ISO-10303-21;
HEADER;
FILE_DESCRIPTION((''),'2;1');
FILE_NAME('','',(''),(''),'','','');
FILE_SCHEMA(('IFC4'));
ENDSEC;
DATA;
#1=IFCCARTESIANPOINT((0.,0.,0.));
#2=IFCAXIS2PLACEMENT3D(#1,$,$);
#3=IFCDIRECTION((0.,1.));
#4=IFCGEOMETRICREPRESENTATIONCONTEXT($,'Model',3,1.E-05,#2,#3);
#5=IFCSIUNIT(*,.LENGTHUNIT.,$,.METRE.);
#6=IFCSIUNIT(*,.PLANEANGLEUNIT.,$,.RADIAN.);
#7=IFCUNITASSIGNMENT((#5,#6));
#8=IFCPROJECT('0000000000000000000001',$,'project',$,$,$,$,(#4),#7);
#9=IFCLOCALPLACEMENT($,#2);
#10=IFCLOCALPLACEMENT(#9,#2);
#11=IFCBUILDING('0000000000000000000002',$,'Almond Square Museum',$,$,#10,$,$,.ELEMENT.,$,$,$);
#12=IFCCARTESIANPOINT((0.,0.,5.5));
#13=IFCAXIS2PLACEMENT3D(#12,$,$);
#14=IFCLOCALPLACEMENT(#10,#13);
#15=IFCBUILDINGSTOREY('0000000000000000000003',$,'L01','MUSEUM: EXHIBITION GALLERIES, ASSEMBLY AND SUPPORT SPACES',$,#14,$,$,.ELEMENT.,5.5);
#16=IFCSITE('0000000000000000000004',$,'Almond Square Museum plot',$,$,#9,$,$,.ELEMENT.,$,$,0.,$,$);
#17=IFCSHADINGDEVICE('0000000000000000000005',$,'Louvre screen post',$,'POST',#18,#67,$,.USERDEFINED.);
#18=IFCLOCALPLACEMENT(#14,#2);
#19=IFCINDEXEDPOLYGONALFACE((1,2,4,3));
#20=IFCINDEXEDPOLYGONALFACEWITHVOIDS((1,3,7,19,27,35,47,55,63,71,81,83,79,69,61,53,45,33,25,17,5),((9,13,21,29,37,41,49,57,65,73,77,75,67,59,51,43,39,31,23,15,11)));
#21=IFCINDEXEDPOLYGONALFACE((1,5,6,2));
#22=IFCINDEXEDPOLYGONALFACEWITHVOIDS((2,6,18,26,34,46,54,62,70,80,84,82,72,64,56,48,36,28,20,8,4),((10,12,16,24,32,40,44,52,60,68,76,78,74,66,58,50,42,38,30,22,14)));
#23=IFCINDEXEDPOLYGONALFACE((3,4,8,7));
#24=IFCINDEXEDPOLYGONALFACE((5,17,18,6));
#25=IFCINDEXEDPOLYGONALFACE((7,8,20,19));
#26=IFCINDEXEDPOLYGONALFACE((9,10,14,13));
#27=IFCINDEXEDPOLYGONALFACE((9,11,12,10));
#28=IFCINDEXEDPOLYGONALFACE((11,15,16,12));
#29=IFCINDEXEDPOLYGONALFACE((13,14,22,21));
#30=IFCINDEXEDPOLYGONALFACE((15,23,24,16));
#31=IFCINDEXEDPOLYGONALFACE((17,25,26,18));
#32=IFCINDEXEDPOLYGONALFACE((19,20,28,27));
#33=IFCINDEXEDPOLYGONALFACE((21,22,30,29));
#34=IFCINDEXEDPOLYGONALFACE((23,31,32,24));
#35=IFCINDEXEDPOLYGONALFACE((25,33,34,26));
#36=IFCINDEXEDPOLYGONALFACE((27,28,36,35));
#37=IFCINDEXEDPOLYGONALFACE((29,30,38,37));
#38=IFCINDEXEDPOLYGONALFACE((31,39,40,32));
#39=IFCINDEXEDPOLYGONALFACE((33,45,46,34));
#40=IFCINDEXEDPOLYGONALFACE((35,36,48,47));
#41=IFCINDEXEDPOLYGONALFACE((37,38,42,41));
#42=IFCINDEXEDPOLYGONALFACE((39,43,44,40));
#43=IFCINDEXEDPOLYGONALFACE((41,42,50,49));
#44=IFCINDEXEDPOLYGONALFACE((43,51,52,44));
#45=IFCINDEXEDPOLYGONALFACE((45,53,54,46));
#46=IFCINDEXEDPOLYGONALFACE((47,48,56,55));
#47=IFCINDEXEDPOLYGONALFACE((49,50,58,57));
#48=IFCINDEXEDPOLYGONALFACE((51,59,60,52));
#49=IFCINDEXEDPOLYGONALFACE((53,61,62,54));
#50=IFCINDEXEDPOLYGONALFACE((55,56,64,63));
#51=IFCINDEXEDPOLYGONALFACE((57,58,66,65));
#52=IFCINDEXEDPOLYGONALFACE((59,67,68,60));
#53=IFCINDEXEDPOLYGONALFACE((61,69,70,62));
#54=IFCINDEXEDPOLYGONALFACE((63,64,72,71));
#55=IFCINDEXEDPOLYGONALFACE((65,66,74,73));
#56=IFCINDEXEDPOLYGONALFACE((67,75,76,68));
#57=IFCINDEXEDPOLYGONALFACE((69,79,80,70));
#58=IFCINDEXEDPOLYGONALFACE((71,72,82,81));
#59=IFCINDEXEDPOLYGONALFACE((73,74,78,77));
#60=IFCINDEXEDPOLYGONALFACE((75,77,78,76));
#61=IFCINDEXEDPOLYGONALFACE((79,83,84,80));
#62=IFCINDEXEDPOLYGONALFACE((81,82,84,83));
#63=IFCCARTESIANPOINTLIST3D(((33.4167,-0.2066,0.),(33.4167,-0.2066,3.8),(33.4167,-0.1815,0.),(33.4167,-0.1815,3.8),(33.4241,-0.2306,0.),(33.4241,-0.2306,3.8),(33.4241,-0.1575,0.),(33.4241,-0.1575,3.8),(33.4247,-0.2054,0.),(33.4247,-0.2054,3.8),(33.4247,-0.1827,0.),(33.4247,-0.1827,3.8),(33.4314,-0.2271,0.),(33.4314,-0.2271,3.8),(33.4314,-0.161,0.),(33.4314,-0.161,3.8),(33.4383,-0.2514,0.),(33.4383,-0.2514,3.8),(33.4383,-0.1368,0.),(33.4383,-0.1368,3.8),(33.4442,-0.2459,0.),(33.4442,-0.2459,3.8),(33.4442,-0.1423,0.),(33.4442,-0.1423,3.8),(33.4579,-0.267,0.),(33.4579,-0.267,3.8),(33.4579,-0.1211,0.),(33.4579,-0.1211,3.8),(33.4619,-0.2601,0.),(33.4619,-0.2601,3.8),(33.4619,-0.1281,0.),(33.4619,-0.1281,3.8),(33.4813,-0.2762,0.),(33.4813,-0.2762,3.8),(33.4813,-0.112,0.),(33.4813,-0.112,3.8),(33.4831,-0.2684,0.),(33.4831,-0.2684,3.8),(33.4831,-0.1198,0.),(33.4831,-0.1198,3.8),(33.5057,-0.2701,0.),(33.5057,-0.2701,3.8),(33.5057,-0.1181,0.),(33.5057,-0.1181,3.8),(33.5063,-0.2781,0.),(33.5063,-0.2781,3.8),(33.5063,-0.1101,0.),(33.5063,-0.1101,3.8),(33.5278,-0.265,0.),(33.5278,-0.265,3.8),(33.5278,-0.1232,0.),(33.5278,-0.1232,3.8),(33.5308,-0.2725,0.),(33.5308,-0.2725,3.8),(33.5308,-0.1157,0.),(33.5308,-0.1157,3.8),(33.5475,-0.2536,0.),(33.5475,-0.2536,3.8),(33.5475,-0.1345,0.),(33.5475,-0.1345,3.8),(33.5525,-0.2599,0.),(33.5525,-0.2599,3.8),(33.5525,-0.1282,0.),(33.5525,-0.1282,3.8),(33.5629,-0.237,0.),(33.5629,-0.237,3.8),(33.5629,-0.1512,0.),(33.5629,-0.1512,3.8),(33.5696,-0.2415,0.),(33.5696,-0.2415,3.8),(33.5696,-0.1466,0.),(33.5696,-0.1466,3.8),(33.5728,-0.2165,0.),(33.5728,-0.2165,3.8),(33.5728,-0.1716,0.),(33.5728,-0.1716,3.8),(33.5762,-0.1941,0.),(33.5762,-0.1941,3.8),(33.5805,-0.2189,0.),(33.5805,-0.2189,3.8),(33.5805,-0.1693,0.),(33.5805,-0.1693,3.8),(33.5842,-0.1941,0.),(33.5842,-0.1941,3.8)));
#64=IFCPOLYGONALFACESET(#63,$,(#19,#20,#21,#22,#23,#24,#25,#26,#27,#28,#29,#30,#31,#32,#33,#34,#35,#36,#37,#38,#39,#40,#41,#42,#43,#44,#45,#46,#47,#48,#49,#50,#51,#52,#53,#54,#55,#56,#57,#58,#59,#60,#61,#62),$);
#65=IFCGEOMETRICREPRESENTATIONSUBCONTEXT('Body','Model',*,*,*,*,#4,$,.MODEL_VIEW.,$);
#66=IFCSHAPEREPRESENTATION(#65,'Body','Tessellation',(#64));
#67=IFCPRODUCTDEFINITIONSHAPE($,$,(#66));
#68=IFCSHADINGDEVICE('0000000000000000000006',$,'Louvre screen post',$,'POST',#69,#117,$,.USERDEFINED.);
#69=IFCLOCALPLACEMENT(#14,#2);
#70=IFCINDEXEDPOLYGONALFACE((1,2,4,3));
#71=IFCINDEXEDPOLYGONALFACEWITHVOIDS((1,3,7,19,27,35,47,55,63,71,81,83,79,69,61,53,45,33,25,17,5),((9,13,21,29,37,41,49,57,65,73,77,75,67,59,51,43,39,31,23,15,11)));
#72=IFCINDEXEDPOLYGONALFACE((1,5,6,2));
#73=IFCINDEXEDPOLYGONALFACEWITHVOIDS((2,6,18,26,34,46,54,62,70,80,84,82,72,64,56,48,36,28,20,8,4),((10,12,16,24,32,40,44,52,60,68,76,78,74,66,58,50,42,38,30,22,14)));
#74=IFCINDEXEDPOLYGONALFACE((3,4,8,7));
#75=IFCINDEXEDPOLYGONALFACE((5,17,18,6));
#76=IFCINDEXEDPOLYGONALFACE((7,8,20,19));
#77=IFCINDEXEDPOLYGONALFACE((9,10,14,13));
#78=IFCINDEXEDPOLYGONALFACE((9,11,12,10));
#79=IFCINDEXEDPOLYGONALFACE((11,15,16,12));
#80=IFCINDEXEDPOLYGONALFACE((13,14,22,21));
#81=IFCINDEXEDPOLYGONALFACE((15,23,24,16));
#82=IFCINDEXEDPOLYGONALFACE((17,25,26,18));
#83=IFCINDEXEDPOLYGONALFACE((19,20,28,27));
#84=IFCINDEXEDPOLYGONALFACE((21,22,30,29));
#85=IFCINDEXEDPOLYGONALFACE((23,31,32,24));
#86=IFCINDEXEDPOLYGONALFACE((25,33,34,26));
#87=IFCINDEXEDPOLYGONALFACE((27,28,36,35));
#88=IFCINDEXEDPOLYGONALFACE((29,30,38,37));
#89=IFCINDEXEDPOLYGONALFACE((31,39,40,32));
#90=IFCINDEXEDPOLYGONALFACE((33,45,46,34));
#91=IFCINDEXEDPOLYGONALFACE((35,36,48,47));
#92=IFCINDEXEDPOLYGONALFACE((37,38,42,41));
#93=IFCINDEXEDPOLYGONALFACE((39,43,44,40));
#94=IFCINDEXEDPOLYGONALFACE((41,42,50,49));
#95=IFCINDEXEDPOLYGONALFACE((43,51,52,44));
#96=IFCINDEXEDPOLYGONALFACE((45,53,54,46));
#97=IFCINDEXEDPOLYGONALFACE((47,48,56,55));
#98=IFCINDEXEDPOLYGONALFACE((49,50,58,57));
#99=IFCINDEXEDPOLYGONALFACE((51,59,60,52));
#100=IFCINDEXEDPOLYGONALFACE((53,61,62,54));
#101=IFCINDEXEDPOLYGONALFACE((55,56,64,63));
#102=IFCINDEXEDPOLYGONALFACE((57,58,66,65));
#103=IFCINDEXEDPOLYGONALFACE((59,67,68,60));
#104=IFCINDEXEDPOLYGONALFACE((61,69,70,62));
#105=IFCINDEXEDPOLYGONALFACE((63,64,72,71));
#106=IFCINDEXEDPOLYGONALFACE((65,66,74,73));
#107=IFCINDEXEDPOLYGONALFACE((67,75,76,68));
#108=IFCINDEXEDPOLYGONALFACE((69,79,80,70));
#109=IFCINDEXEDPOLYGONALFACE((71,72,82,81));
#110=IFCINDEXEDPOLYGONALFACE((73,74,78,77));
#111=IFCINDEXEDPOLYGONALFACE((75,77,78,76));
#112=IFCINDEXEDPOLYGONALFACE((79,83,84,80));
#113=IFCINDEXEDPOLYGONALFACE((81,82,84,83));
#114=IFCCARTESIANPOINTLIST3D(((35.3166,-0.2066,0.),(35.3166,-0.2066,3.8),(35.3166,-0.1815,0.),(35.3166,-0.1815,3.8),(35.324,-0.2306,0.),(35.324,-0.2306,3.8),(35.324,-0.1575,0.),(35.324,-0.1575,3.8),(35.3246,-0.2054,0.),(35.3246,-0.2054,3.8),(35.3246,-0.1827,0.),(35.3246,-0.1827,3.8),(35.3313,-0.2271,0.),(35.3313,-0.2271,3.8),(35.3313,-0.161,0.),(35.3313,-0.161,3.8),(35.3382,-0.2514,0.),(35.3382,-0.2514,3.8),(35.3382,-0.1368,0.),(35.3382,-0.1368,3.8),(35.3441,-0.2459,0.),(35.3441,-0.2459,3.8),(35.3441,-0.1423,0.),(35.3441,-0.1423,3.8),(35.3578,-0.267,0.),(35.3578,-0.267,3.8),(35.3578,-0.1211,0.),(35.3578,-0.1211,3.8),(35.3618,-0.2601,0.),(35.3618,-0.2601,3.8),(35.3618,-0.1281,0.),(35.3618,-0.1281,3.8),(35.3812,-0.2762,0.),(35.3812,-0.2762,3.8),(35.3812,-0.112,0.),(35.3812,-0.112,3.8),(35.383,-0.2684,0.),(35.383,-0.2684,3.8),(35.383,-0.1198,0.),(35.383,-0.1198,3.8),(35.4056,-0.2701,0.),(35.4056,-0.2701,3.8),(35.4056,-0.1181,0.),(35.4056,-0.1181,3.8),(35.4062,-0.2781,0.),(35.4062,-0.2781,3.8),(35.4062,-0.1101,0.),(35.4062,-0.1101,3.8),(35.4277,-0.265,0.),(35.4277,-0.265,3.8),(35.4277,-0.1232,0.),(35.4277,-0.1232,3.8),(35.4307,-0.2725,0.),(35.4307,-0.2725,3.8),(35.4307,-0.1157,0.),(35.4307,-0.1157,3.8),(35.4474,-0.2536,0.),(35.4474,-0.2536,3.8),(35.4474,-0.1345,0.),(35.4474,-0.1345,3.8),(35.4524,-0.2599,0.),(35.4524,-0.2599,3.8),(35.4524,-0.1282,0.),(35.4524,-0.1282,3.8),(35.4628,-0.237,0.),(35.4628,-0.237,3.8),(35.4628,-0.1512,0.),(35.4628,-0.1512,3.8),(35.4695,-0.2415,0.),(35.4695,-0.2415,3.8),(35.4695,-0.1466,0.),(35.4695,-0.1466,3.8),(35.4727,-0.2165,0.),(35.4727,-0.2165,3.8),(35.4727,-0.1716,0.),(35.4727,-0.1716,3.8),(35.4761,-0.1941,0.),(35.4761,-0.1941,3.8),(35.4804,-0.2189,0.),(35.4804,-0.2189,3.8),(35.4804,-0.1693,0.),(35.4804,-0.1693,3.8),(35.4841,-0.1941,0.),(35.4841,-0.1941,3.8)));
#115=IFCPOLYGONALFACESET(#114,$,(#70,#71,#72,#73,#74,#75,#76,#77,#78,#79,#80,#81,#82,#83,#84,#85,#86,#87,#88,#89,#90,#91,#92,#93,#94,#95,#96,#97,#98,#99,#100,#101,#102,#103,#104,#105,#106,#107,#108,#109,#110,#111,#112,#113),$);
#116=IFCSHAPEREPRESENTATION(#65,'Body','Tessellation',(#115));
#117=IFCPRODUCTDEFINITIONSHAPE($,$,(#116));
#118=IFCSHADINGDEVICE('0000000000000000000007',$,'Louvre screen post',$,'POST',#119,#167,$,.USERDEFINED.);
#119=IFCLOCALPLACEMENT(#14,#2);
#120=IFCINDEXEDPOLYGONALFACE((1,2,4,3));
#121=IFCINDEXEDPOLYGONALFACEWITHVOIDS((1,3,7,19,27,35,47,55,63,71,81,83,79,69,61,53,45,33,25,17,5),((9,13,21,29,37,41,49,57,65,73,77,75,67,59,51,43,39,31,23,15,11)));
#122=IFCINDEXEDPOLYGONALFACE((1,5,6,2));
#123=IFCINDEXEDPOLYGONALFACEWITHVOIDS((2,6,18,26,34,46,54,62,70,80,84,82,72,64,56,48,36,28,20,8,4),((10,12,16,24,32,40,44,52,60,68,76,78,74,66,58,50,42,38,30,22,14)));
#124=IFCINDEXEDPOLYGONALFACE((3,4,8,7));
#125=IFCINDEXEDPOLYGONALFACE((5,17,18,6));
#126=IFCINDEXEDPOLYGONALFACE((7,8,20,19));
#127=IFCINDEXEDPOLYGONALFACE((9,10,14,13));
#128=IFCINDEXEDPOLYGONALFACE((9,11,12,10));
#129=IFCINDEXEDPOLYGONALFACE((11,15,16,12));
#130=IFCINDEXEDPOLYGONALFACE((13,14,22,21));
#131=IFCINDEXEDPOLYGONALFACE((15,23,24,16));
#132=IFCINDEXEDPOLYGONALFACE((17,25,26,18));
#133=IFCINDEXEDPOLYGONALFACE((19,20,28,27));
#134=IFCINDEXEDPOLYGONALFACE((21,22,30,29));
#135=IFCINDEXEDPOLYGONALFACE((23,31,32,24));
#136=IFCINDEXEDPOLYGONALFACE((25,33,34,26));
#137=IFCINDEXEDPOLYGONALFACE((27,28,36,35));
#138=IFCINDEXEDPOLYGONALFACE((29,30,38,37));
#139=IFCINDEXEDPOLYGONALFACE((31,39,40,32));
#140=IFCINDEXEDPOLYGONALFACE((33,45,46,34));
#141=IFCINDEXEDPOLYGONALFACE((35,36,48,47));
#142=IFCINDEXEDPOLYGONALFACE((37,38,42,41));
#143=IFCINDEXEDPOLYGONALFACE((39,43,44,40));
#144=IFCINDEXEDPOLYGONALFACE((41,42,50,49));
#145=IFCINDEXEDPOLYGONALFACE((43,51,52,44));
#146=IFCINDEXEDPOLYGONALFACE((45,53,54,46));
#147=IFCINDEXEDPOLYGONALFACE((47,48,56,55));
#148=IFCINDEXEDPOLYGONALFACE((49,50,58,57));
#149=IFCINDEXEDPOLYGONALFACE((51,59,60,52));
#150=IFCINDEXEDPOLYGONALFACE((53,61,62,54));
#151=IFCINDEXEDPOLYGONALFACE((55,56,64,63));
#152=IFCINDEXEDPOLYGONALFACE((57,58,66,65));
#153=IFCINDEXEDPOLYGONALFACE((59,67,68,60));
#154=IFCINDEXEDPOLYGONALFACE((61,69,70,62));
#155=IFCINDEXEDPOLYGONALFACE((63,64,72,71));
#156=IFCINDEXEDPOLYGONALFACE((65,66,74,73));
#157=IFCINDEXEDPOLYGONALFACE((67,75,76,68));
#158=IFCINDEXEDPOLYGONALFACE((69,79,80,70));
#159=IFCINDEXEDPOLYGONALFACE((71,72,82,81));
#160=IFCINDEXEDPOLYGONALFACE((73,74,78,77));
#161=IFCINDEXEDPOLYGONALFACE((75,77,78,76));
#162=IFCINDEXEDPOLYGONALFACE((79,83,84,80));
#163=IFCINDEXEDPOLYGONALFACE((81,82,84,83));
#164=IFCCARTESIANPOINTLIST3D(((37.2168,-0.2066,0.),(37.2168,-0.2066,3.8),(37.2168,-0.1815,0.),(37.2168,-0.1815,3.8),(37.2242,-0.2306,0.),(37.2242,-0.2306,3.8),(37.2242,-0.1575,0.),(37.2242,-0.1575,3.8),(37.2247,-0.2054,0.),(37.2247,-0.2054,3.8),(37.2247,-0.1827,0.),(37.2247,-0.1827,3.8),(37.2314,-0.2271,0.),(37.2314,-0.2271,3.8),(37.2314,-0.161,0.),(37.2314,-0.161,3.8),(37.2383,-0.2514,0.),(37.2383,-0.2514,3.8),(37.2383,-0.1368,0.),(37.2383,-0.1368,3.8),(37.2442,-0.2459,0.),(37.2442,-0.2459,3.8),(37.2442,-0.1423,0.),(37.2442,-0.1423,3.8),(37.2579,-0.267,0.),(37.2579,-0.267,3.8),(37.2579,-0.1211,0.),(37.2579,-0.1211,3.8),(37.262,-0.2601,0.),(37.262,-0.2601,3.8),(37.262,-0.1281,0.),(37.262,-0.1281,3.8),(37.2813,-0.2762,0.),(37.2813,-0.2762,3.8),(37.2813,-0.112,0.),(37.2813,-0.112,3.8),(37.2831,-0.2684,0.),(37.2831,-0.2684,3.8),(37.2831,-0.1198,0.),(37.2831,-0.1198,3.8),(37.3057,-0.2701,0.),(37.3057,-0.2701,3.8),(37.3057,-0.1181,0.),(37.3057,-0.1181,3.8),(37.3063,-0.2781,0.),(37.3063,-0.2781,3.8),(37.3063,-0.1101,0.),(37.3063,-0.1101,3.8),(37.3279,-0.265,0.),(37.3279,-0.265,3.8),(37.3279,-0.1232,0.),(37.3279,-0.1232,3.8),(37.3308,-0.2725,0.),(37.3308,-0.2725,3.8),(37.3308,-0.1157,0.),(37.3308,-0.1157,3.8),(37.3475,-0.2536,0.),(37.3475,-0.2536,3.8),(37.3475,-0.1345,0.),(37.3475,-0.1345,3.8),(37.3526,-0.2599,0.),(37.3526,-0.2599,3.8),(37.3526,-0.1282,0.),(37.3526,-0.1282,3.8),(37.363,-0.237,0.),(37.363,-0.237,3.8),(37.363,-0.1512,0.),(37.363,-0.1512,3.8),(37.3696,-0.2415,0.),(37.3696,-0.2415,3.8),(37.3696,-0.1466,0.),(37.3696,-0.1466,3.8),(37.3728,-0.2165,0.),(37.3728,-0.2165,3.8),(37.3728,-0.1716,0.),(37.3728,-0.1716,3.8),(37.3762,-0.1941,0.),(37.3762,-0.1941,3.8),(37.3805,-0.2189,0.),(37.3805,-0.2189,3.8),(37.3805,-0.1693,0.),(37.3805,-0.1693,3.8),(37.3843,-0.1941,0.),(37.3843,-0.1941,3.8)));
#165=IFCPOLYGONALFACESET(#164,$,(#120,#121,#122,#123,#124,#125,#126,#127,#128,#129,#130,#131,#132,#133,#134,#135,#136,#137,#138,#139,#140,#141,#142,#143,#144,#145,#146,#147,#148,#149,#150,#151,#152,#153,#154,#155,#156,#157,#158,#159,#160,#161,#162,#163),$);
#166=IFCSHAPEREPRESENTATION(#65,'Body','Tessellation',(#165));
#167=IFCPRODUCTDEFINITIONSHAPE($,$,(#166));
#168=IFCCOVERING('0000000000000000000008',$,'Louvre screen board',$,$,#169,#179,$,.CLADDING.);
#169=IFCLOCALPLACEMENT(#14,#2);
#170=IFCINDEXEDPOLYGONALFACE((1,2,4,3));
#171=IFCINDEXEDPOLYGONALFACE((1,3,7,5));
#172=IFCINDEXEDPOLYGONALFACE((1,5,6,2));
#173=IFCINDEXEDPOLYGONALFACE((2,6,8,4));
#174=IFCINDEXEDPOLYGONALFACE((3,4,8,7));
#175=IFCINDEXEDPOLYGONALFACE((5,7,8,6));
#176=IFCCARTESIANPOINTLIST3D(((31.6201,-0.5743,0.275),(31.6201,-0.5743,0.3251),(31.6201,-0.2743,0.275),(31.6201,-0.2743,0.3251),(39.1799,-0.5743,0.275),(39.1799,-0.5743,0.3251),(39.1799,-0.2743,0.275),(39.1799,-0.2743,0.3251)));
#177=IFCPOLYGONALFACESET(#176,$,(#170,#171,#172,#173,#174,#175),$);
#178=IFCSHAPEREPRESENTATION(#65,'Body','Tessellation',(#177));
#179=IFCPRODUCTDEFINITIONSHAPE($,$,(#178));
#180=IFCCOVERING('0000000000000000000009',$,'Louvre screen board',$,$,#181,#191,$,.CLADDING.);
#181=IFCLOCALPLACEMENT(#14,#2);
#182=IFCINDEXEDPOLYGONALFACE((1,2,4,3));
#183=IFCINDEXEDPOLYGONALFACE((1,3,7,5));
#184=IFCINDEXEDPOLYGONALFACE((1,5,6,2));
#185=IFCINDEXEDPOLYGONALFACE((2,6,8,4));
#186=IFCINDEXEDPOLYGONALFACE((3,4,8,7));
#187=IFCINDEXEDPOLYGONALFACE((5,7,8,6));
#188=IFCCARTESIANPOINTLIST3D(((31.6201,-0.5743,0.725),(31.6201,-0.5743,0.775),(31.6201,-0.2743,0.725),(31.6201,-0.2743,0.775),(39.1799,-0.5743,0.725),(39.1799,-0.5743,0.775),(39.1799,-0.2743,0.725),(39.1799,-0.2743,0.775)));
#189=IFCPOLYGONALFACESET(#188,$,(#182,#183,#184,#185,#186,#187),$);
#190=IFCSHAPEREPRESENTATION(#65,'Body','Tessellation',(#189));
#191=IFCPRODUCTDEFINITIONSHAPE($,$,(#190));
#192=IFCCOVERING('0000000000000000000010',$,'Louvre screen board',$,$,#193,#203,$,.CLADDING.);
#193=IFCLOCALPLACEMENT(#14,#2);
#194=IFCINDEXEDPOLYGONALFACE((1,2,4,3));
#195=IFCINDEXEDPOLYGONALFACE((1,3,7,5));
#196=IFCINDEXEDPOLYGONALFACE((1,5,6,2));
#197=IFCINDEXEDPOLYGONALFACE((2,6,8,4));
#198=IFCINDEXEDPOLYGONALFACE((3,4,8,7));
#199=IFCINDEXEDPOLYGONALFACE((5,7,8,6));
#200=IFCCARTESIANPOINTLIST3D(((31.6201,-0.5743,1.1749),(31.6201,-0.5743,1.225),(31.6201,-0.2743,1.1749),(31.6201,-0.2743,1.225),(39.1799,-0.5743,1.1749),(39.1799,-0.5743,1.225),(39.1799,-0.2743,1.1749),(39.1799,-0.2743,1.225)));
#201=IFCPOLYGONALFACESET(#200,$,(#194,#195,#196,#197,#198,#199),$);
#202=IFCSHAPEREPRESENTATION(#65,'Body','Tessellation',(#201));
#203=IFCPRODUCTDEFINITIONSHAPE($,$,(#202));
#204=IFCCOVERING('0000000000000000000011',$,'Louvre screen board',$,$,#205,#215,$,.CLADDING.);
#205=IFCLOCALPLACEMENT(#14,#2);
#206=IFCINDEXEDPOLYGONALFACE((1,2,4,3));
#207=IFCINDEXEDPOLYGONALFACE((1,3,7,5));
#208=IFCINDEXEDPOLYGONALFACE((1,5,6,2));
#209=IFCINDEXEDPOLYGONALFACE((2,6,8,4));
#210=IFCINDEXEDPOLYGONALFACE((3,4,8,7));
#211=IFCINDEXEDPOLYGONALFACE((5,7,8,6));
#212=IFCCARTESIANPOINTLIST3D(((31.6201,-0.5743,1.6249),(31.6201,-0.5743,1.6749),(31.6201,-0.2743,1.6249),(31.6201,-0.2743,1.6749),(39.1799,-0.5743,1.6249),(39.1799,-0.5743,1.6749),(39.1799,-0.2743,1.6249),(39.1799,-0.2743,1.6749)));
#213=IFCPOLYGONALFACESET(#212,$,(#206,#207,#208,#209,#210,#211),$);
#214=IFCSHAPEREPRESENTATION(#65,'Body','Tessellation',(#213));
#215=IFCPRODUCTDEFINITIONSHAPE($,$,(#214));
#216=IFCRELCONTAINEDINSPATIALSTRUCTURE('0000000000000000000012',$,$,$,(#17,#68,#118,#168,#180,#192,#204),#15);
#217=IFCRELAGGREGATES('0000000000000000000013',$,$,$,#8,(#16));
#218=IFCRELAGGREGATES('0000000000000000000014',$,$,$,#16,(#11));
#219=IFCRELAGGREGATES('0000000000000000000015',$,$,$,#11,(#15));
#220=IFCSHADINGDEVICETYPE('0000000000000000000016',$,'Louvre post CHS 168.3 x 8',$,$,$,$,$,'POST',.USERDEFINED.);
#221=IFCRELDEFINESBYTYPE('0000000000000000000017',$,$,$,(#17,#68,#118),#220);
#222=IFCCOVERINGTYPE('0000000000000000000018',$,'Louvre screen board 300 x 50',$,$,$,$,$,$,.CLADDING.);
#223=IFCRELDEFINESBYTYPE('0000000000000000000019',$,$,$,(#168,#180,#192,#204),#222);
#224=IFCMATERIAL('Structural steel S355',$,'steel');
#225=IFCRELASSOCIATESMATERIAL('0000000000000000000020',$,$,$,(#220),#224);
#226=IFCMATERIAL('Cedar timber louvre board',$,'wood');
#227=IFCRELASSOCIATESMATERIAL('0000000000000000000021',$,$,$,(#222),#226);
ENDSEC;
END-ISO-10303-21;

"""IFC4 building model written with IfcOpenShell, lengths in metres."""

from ifc_helpers import new_model, si_unit, direction, frame, origin, origin_2d, place, context, subcontext, project, spatial, rectangle, hollow_circle, extrude, material, material_profile, profile_set, type_object, element, save


model = new_model("IFC4")

# Units and contexts
model_context = context("Model", 3, precision=1e-05, world=origin(), true_north=direction((0.0, 1.0)))
body_context = subcontext(model_context, "Body", "Model", "MODEL_VIEW")
ifc_project = project(units=[si_unit("LENGTHUNIT", "METRE"), si_unit("PLANEANGLEUNIT", "RADIAN")], contexts=[model_context])

# Site, building, storey
site_placement = place(None, origin())
site = spatial("IfcSite", under=ifc_project, at=site_placement, Name="Almond Square Museum plot", CompositionType="ELEMENT", RefElevation=0.0)
building_placement = place(site_placement, origin())
building = spatial("IfcBuilding", under=site, at=building_placement, Name="Almond Square Museum", CompositionType="ELEMENT")
storey_placement = place(building_placement, frame((0.0, 0.0, 5.5)))
storey = spatial("IfcBuildingStorey", under=building, at=storey_placement, Name="L01", Description="MUSEUM: EXHIBITION GALLERIES, ASSEMBLY AND SUPPORT SPACES", CompositionType="ELEMENT", Elevation=5.5)

# Shading devices
ifc_material_1 = material(Name="Structural steel S355", Category="steel")
ifc_material_profile_1 = material_profile(ifc_material_1, hollow_circle(Radius=0.0842, WallThickness=0.0081, at=origin_2d()))
ifc_profile_set_1 = profile_set([ifc_material_profile_1], Name="Structural steel S355")
shading_device_type = type_object("IfcShadingDeviceType", Name="Louvre post CHS 168.3 x 8", ElementType="POST", PredefinedType="USERDEFINED", material=ifc_profile_set_1)
for number, where, z_axis, x_axis, name in (
    (1, (33.5, -0.1941, 0.0), (0.0, 0.0, 1.0), (1.0, 0.0, 0.0), "Louvre screen post"),
    (2, (35.3999, -0.1941, 0.0), (0.0, 0.0, 1.0), (1.0, 0.0, 0.0), "Louvre screen post"),
    (3, (37.3, -0.1941, 0.0), (0.0, 0.0, 1.0), (1.0, 0.0, 0.0), "Louvre screen post"),
):
    element("IfcShadingDevice", number, at=place(storey_placement, frame(where, z_axis=z_axis, x_axis=x_axis)), inside=storey, type_object=shading_device_type, Name=name, ObjectType="POST", PredefinedType="USERDEFINED", context=body_context, shape_type="SweptSolid", body=[
        extrude(hollow_circle(Radius=0.0842, WallThickness=0.0081, at=origin_2d()), origin(), (0.0, 0.0, 1.0), 3.8),
    ])

# Coverings
ifc_material_2 = material(Name="Cedar timber louvre board", Category="wood")
ifc_material_profile_2 = material_profile(ifc_material_2, rectangle(XDim=0.3, YDim=0.05, at=origin_2d()))
ifc_profile_set_2 = profile_set([ifc_material_profile_2], Name="Cedar timber louvre board")
covering_type = type_object("IfcCoveringType", Name="Louvre screen board 300 x 50", PredefinedType="CLADDING", material=ifc_profile_set_2)
for number, where, z_axis, x_axis, name in (
    (4, (31.6201, -0.4243, 0.3), (1.0, 0.0, 0.0), (0.0, 1.0, 0.0), "Louvre screen board"),
    (5, (31.6201, -0.4243, 0.75), (1.0, 0.0, 0.0), (0.0, 1.0, 0.0), "Louvre screen board"),
    (6, (31.6201, -0.4243, 1.2), (1.0, 0.0, 0.0), (0.0, 1.0, 0.0), "Louvre screen board"),
    (7, (31.6201, -0.4243, 1.6499), (1.0, 0.0, 0.0), (0.0, 1.0, 0.0), "Louvre screen board"),
):
    element("IfcCovering", number, at=place(storey_placement, frame(where, z_axis=z_axis, x_axis=x_axis)), inside=storey, type_object=covering_type, Name=name, PredefinedType="CLADDING", context=body_context, shape_type="SweptSolid", body=[
        extrude(rectangle(XDim=0.3, YDim=0.05, at=origin_2d()), origin(), (0.0, 0.0, 1.0), 7.5598),
    ])

save(model, "model.ifc")
